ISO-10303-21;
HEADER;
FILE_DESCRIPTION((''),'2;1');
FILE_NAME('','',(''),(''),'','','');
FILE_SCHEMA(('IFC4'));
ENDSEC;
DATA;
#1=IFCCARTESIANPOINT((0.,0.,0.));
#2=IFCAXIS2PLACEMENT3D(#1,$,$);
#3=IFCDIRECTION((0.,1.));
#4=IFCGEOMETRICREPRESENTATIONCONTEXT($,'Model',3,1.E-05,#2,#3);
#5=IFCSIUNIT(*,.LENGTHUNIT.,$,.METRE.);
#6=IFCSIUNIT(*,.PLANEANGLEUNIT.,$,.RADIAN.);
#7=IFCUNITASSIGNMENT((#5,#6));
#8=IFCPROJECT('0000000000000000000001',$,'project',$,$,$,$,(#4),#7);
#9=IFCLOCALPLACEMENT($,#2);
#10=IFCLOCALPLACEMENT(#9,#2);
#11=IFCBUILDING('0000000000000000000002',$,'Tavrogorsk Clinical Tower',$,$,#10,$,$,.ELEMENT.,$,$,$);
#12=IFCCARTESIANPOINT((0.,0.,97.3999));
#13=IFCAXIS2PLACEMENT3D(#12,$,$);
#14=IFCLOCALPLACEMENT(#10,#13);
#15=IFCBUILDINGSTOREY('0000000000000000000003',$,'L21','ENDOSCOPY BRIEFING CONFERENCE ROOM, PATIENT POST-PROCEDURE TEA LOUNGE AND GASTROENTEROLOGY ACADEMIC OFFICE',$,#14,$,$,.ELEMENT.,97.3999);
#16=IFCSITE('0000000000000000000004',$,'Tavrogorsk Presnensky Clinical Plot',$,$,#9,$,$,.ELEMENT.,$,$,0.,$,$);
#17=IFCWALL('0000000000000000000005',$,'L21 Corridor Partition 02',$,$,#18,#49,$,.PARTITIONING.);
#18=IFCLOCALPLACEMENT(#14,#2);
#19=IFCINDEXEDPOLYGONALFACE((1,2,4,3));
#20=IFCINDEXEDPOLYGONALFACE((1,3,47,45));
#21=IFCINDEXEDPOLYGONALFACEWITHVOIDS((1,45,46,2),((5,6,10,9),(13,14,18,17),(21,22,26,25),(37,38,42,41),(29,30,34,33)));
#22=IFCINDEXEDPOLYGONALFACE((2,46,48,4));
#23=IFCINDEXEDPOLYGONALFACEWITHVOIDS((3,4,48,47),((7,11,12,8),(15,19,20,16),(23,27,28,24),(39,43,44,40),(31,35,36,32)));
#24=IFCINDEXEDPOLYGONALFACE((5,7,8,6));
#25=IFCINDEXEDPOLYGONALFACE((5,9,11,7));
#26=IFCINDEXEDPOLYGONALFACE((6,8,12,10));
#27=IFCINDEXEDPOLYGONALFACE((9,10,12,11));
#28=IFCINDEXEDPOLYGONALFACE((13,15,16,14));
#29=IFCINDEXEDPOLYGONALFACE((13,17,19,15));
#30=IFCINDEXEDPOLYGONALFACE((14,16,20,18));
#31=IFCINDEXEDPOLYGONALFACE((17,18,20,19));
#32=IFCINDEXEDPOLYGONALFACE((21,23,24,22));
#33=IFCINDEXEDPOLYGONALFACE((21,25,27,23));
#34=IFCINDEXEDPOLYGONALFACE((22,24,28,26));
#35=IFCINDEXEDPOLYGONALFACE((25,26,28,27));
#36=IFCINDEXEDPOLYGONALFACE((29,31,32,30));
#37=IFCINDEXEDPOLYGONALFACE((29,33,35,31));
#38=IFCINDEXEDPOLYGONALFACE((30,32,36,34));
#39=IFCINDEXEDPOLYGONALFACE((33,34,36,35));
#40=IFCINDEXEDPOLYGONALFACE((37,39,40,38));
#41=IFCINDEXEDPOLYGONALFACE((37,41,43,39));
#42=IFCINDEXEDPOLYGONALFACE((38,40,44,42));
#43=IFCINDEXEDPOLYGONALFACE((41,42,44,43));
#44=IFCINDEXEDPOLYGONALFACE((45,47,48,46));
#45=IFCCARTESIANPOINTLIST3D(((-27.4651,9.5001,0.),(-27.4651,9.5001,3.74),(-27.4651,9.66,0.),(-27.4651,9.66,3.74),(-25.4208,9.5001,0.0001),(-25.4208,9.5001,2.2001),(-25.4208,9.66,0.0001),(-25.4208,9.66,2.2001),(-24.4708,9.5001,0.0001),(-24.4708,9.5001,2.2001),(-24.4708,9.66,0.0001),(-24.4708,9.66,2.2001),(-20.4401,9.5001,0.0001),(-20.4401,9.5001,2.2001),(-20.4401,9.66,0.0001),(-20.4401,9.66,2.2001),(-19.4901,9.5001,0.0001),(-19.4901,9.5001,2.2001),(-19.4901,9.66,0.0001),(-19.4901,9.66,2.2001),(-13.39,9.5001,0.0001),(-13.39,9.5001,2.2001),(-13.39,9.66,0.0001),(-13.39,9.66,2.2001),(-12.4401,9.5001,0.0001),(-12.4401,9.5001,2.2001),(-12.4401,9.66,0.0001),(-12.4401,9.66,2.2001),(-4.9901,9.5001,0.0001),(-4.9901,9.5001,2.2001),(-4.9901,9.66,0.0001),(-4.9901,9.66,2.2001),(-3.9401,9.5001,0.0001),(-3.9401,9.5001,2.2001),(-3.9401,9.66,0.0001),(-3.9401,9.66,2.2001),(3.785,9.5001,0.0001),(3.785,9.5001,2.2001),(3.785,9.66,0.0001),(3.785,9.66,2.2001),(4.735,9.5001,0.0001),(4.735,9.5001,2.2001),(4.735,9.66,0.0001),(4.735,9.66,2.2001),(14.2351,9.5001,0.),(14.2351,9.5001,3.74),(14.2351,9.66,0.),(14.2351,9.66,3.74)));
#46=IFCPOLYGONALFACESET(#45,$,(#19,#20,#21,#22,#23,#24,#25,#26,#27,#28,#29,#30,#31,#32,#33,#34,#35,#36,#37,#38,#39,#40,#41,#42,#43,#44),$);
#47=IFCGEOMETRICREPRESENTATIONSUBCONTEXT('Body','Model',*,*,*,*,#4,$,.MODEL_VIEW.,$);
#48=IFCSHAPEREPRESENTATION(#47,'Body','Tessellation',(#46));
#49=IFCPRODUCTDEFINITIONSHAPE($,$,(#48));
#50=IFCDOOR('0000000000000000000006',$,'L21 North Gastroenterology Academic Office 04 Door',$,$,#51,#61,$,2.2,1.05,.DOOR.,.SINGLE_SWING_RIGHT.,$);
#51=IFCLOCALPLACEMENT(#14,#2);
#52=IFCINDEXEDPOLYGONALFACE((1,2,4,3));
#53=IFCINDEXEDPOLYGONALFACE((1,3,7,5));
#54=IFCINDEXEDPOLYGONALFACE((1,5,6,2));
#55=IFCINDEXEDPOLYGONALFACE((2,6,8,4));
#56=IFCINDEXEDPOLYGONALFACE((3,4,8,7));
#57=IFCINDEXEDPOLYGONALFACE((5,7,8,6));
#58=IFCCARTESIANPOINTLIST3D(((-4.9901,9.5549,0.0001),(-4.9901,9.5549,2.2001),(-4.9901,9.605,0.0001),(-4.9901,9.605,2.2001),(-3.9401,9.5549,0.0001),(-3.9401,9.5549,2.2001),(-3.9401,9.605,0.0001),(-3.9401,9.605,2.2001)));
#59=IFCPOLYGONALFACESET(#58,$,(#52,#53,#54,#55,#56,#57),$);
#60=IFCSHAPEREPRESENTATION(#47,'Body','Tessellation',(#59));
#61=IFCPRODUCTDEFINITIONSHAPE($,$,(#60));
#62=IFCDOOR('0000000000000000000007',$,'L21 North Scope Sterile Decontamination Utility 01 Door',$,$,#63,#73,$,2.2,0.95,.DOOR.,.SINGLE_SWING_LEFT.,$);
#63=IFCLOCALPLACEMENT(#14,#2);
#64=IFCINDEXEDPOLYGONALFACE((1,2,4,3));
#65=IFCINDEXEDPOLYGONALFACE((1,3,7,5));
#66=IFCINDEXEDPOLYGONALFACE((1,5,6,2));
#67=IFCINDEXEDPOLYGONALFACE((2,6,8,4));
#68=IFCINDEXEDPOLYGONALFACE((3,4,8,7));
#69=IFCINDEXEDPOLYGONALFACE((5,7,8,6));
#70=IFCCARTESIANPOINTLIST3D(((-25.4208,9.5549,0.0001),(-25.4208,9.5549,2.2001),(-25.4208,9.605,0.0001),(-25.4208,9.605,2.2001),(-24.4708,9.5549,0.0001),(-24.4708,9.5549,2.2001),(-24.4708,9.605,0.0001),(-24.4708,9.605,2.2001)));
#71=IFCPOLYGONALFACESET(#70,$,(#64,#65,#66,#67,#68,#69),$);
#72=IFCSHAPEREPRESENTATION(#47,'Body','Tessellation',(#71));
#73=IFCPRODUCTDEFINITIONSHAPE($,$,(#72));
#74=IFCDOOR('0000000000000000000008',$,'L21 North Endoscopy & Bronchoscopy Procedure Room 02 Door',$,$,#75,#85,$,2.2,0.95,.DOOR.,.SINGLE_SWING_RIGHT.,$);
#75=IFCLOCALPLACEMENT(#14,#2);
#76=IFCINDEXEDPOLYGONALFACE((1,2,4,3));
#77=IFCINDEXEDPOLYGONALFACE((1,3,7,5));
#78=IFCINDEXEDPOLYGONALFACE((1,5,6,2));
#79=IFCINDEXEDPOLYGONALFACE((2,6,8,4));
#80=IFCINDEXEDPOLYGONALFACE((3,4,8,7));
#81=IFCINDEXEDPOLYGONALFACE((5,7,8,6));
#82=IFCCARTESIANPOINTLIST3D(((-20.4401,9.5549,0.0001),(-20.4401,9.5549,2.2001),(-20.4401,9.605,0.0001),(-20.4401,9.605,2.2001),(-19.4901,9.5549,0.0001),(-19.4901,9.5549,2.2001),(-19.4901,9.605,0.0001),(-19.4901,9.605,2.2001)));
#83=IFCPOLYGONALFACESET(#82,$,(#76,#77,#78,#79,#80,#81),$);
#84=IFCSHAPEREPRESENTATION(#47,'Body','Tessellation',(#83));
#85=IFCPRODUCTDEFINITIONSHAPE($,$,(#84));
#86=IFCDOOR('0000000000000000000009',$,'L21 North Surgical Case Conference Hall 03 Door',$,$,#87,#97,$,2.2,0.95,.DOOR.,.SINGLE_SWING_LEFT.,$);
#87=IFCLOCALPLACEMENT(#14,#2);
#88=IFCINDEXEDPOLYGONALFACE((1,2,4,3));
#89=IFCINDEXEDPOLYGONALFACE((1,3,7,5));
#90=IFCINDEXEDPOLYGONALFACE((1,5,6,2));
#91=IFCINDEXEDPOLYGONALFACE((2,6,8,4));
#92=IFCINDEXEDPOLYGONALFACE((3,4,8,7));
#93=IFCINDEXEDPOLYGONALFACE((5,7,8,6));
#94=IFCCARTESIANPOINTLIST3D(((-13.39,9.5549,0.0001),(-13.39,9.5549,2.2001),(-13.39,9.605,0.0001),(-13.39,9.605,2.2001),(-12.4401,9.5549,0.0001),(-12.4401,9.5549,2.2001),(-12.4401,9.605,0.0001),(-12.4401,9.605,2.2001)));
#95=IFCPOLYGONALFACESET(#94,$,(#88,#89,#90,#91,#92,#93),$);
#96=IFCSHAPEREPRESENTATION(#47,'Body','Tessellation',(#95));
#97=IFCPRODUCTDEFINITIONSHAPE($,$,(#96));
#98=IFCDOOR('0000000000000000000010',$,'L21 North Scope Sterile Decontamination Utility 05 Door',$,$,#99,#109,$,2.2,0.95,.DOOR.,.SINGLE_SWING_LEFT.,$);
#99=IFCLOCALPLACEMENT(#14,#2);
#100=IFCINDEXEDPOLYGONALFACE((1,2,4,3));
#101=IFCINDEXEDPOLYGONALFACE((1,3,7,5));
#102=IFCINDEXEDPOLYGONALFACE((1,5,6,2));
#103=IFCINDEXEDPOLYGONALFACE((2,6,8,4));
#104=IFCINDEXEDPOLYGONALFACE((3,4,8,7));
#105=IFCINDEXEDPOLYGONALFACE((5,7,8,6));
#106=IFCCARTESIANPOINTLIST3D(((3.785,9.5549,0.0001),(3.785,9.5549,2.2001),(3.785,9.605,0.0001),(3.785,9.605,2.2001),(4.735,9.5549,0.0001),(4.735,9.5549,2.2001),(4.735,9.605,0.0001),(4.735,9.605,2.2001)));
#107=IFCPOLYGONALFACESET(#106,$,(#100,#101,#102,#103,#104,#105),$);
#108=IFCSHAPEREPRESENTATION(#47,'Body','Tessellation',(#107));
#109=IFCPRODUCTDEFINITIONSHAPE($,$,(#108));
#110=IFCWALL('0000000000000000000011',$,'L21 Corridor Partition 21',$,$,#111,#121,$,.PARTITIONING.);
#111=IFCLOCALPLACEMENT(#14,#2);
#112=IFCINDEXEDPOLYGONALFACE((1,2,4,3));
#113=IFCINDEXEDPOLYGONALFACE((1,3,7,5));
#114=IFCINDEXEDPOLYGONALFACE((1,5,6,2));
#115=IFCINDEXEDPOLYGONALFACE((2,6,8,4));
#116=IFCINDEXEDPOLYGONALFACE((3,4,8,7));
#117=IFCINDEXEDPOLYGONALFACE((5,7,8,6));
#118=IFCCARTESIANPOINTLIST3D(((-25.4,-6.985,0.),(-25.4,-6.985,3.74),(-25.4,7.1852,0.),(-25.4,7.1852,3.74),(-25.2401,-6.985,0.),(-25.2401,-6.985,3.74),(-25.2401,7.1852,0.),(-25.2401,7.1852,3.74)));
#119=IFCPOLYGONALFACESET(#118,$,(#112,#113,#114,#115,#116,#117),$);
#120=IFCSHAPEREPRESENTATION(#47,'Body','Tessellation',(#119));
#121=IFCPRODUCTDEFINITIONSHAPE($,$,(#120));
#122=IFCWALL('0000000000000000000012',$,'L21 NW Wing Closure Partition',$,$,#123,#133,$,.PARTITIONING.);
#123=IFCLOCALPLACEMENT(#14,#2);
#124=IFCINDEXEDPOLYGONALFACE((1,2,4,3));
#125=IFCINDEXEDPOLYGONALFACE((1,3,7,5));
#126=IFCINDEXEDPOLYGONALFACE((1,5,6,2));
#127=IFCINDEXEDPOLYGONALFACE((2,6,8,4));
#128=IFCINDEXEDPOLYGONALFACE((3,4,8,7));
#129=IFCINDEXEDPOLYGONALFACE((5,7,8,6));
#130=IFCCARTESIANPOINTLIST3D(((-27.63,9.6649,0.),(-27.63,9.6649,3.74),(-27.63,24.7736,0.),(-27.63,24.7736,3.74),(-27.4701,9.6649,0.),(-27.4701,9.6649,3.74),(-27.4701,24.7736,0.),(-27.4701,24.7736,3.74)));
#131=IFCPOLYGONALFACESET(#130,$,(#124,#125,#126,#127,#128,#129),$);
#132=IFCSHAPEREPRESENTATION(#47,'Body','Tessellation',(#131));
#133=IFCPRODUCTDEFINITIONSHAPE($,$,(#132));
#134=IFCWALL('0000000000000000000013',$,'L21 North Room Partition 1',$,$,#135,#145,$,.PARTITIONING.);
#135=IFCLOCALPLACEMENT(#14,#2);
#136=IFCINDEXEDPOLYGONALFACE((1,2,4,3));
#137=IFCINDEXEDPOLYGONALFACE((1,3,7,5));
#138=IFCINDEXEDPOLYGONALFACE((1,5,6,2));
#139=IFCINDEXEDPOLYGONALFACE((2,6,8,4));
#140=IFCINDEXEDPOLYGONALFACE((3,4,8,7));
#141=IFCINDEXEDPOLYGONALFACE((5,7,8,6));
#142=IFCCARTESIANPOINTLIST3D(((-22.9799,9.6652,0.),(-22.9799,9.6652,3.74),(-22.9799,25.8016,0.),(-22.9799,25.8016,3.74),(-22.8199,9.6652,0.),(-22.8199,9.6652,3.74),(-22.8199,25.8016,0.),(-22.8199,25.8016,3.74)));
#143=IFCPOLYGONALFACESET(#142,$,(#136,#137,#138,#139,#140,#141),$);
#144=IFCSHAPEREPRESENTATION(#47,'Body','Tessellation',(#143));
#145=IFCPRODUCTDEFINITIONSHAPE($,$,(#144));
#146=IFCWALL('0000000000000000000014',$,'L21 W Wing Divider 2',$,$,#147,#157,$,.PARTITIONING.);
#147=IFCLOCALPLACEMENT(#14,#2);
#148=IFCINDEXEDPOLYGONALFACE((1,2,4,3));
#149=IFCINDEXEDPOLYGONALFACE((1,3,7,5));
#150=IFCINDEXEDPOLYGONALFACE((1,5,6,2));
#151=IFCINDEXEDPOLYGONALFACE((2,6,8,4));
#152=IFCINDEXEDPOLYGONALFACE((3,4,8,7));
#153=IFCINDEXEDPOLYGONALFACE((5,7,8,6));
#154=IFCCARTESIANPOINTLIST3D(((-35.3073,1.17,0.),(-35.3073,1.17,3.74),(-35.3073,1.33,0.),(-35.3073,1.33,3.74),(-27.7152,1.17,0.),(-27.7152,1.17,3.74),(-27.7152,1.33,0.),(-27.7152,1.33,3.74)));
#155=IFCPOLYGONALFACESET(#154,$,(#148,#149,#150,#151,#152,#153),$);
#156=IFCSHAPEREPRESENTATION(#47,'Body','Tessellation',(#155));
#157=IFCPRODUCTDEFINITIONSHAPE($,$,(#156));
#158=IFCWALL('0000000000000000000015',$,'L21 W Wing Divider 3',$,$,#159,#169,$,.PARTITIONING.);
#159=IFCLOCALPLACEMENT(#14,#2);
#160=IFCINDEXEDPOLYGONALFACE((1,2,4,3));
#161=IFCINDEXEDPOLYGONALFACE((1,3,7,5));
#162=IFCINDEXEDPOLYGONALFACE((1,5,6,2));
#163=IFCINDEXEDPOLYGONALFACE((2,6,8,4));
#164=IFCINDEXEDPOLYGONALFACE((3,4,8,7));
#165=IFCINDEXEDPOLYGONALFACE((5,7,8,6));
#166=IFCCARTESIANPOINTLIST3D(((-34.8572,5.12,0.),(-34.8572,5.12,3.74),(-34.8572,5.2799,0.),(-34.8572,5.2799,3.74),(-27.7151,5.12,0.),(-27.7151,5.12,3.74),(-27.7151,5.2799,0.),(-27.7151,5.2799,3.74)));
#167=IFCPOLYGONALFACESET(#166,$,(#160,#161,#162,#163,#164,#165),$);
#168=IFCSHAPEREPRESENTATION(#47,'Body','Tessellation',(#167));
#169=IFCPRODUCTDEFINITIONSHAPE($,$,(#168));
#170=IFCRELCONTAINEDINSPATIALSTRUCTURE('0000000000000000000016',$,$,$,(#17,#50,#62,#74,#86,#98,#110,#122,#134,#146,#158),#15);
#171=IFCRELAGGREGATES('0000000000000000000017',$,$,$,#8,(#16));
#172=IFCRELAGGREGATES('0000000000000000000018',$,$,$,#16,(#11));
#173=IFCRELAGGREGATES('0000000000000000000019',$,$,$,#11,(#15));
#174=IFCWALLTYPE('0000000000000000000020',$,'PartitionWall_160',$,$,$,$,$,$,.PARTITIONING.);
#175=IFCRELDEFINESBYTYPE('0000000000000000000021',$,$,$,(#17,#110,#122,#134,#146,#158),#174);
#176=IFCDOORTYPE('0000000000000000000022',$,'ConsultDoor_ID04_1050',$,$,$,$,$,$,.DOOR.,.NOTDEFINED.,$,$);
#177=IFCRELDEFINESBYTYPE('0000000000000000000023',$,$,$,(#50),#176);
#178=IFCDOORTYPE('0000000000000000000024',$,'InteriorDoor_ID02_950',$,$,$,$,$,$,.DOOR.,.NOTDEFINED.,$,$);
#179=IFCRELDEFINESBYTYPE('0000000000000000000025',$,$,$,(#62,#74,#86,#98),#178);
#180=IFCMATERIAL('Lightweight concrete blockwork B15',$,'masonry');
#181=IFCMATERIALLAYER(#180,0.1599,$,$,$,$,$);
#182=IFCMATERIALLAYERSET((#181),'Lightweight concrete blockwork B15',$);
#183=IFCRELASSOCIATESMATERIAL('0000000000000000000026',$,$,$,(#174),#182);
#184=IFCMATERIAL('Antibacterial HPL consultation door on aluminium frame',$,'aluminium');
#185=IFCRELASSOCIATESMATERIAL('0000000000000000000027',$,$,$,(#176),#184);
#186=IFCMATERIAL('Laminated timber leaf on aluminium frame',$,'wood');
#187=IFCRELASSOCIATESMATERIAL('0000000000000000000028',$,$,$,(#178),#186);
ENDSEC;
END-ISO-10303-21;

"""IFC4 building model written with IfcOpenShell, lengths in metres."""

from ifc_helpers import new_model, si_unit, direction, frame, frame_2d, origin, place, context, subcontext, project, spatial, rectangle, extrude, material, layer, layer_set, type_object, element, fill, save


model = new_model("IFC4")

# Units and contexts
model_context = context("Model", 3, precision=1e-05, world=origin(), true_north=direction((0.0, 1.0)))
body_context = subcontext(model_context, "Body", "Model", "MODEL_VIEW")
ifc_project = project(units=[si_unit("LENGTHUNIT", "METRE"), si_unit("PLANEANGLEUNIT", "RADIAN")], contexts=[model_context])

# Site, building, storey
site_placement = place(None, origin())
site = spatial("IfcSite", under=ifc_project, at=site_placement, Name="Tavrogorsk Presnensky Clinical Plot", CompositionType="ELEMENT", RefElevation=0.0)
building_placement = place(site_placement, origin())
building = spatial("IfcBuilding", under=site, at=building_placement, Name="Tavrogorsk Clinical Tower", CompositionType="ELEMENT")
storey_placement = place(building_placement, frame((0.0, 0.0, 97.3999)))
storey = spatial("IfcBuildingStorey", under=building, at=storey_placement, Name="L21", Description="ENDOSCOPY BRIEFING CONFERENCE ROOM, PATIENT POST-PROCEDURE TEA LOUNGE AND GASTROENTEROLOGY ACADEMIC OFFICE", CompositionType="ELEMENT", Elevation=97.3999)

# Wall, openings, doors
ifc_material_1 = material(Name="Lightweight concrete blockwork B15", Category="masonry")
ifc_layer_1 = layer(ifc_material_1, 0.1599)
ifc_layer_set_1 = layer_set([ifc_layer_1], Name="Lightweight concrete blockwork B15")
wall_type_1 = type_object("IfcWallType", Name="PartitionWall_160", PredefinedType="PARTITIONING", material=ifc_layer_set_1)
wall_1_placement = place(storey_placement, frame((-27.4651, 9.5801, 0.0), z_axis=(0.0, 0.0, 1.0), x_axis=(1.0, 0.0, 0.0)))
wall_1 = element("IfcWall", 1, at=wall_1_placement, inside=storey, type_object=wall_type_1, Name="L21 Corridor Partition 02", PredefinedType="PARTITIONING", context=body_context, shape_type="SweptSolid", body=[
    extrude(rectangle(XDim=41.7002, YDim=0.1599, at=frame_2d((20.8501, 0.0))), origin(), (0.0, 0.0, 1.0), 3.74),
])
opening_1_placement = place(wall_1_placement, frame((2.0442, 0.0, 0.0)))
opening_1 = element("IfcOpeningElement", 2, at=opening_1_placement, cuts=wall_1, PredefinedType="OPENING", context=body_context, shape_type="SweptSolid", body=[
    extrude(rectangle(XDim=0.95, YDim=2.2, at=frame_2d((0.4751, 1.1001))), frame((0.0, 0.0898, 0.0), z_axis=(0.0, -1.0, 0.0), x_axis=(1.0, 0.0, 0.0)), (0.0, 0.0, 1.0), 0.1799),
])
opening_2_placement = place(wall_1_placement, frame((7.0249, 0.0, 0.0)))
opening_2 = element("IfcOpeningElement", 3, at=opening_2_placement, cuts=wall_1, PredefinedType="OPENING", context=body_context, shape_type="SweptSolid", body=[
    extrude(rectangle(XDim=0.95, YDim=2.2, at=frame_2d((0.4751, 1.1001))), frame((0.0, 0.0898, 0.0), z_axis=(0.0, -1.0, 0.0), x_axis=(1.0, 0.0, 0.0)), (0.0, 0.0, 1.0), 0.1799),
])
opening_3_placement = place(wall_1_placement, frame((14.075, 0.0, 0.0)))
opening_3 = element("IfcOpeningElement", 4, at=opening_3_placement, cuts=wall_1, PredefinedType="OPENING", context=body_context, shape_type="SweptSolid", body=[
    extrude(rectangle(XDim=0.95, YDim=2.2, at=frame_2d((0.4751, 1.1001))), frame((0.0, 0.0898, 0.0), z_axis=(0.0, -1.0, 0.0), x_axis=(1.0, 0.0, 0.0)), (0.0, 0.0, 1.0), 0.1799),
])
opening_4_placement = place(wall_1_placement, frame((22.4751, 0.0, 0.0)))
opening_4 = element("IfcOpeningElement", 5, at=opening_4_placement, cuts=wall_1, PredefinedType="OPENING", context=body_context, shape_type="SweptSolid", body=[
    extrude(rectangle(XDim=1.05, YDim=2.2, at=frame_2d((0.5249, 1.1001))), frame((0.0, 0.0898, 0.0), z_axis=(0.0, -1.0, 0.0), x_axis=(1.0, 0.0, 0.0)), (0.0, 0.0, 1.0), 0.1799),
])
opening_5_placement = place(wall_1_placement, frame((31.25, 0.0, 0.0)))
opening_5 = element("IfcOpeningElement", 6, at=opening_5_placement, cuts=wall_1, PredefinedType="OPENING", context=body_context, shape_type="SweptSolid", body=[
    extrude(rectangle(XDim=0.95, YDim=2.2, at=frame_2d((0.4751, 1.1001))), frame((0.0, 0.0898, 0.0), z_axis=(0.0, -1.0, 0.0), x_axis=(1.0, 0.0, 0.0)), (0.0, 0.0, 1.0), 0.1799),
])
ifc_material_2 = material(Name="Antibacterial HPL consultation door on aluminium frame", Category="aluminium")
door_type_1 = type_object("IfcDoorType", Name="ConsultDoor_ID04_1050", OperationType="NOTDEFINED", PredefinedType="DOOR", material=ifc_material_2)
door_1_placement = place(opening_4_placement, origin())
door_1 = element("IfcDoor", 7, at=door_1_placement, inside=storey, type_object=door_type_1, Name="L21 North Gastroenterology Academic Office 04 Door", OperationType="SINGLE_SWING_RIGHT", OverallHeight=2.2, OverallWidth=1.05, PredefinedType="DOOR", context=body_context, shape_type="SweptSolid", body=[
    extrude(rectangle(XDim=1.05, YDim=2.2, at=frame_2d((0.5249, 1.1001))), frame((0.0, 0.0249, 0.0), z_axis=(0.0, -1.0, 0.0), x_axis=(1.0, 0.0, 0.0)), (0.0, 0.0, 1.0), 0.05),
])
fill(opening_4, door_1)
ifc_material_3 = material(Name="Laminated timber leaf on aluminium frame", Category="wood")
door_type_2 = type_object("IfcDoorType", Name="InteriorDoor_ID02_950", OperationType="NOTDEFINED", PredefinedType="DOOR", material=ifc_material_3)
door_2_placement = place(opening_1_placement, origin())
door_2 = element("IfcDoor", 8, at=door_2_placement, inside=storey, type_object=door_type_2, Name="L21 North Scope Sterile Decontamination Utility 01 Door", OperationType="SINGLE_SWING_LEFT", OverallHeight=2.2, OverallWidth=0.95, PredefinedType="DOOR", context=body_context, shape_type="SweptSolid", body=[
    extrude(rectangle(XDim=0.95, YDim=2.2, at=frame_2d((0.4751, 1.1001))), frame((0.0, 0.0249, 0.0), z_axis=(0.0, -1.0, 0.0), x_axis=(1.0, 0.0, 0.0)), (0.0, 0.0, 1.0), 0.05),
])
fill(opening_1, door_2)
door_3_placement = place(opening_2_placement, origin())
door_3 = element("IfcDoor", 9, at=door_3_placement, inside=storey, type_object=door_type_2, Name="L21 North Endoscopy & Bronchoscopy Procedure Room 02 Door", OperationType="SINGLE_SWING_RIGHT", OverallHeight=2.2, OverallWidth=0.95, PredefinedType="DOOR", context=body_context, shape_type="SweptSolid", body=[
    extrude(rectangle(XDim=0.95, YDim=2.2, at=frame_2d((0.4751, 1.1001))), frame((0.0, 0.0249, 0.0), z_axis=(0.0, -1.0, 0.0), x_axis=(1.0, 0.0, 0.0)), (0.0, 0.0, 1.0), 0.05),
])
fill(opening_2, door_3)
door_4_placement = place(opening_3_placement, origin())
door_4 = element("IfcDoor", 10, at=door_4_placement, inside=storey, type_object=door_type_2, Name="L21 North Surgical Case Conference Hall 03 Door", OperationType="SINGLE_SWING_LEFT", OverallHeight=2.2, OverallWidth=0.95, PredefinedType="DOOR", context=body_context, shape_type="SweptSolid", body=[
    extrude(rectangle(XDim=0.95, YDim=2.2, at=frame_2d((0.4751, 1.1001))), frame((0.0, 0.0249, 0.0), z_axis=(0.0, -1.0, 0.0), x_axis=(1.0, 0.0, 0.0)), (0.0, 0.0, 1.0), 0.05),
])
fill(opening_3, door_4)
door_5_placement = place(opening_5_placement, origin())
door_5 = element("IfcDoor", 11, at=door_5_placement, inside=storey, type_object=door_type_2, Name="L21 North Scope Sterile Decontamination Utility 05 Door", OperationType="SINGLE_SWING_LEFT", OverallHeight=2.2, OverallWidth=0.95, PredefinedType="DOOR", context=body_context, shape_type="SweptSolid", body=[
    extrude(rectangle(XDim=0.95, YDim=2.2, at=frame_2d((0.4751, 1.1001))), frame((0.0, 0.0249, 0.0), z_axis=(0.0, -1.0, 0.0), x_axis=(1.0, 0.0, 0.0)), (0.0, 0.0, 1.0), 0.05),
])
fill(opening_5, door_5)

# Walls
wall_2_placement = place(storey_placement, frame((-25.3201, 7.1851, 0.0), z_axis=(0.0, 0.0, 1.0), x_axis=(0.0, -1.0, 0.0)))
element("IfcWall", 12, at=wall_2_placement, inside=storey, type_object=wall_type_1, Name="L21 Corridor Partition 21", PredefinedType="PARTITIONING", context=body_context, shape_type="SweptSolid", body=[
    extrude(rectangle(XDim=14.1702, YDim=0.1599, at=frame_2d((7.085, 0.0))), origin(), (0.0, 0.0, 1.0), 3.74),
])
wall_3_placement = place(storey_placement, frame((-27.55, 9.665, 0.0), z_axis=(0.0, 0.0, 1.0), x_axis=(0.0, 1.0, 0.0)))
element("IfcWall", 13, at=wall_3_placement, inside=storey, type_object=wall_type_1, Name="L21 NW Wing Closure Partition", PredefinedType="PARTITIONING", context=body_context, shape_type="SweptSolid", body=[
    extrude(rectangle(XDim=15.1086, YDim=0.1599, at=frame_2d((7.5542, 0.0))), origin(), (0.0, 0.0, 1.0), 3.74),
])
wall_4_placement = place(storey_placement, frame((-22.8999, 9.665, 0.0), z_axis=(0.0, 0.0, 1.0), x_axis=(0.0, 1.0, 0.0)))
element("IfcWall", 14, at=wall_4_placement, inside=storey, type_object=wall_type_1, Name="L21 North Room Partition 1", PredefinedType="PARTITIONING", context=body_context, shape_type="SweptSolid", body=[
    extrude(rectangle(XDim=16.1365, YDim=0.1599, at=frame_2d((8.0684, 0.0))), origin(), (0.0, 0.0, 1.0), 3.74),
])
wall_5_placement = place(storey_placement, frame((-35.3071, 1.25, 0.0), z_axis=(0.0, 0.0, 1.0), x_axis=(1.0, 0.0, 0.0)))
element("IfcWall", 15, at=wall_5_placement, inside=storey, type_object=wall_type_1, Name="L21 W Wing Divider 2", PredefinedType="PARTITIONING", context=body_context, shape_type="SweptSolid", body=[
    extrude(rectangle(XDim=7.592, YDim=0.1599, at=frame_2d((3.7959, 0.0))), origin(), (0.0, 0.0, 1.0), 3.74),
])
wall_6_placement = place(storey_placement, frame((-34.8572, 5.2, 0.0), z_axis=(0.0, 0.0, 1.0), x_axis=(1.0, 0.0, 0.0)))
element("IfcWall", 16, at=wall_6_placement, inside=storey, type_object=wall_type_1, Name="L21 W Wing Divider 3", PredefinedType="PARTITIONING", context=body_context, shape_type="SweptSolid", body=[
    extrude(rectangle(XDim=7.1421, YDim=0.1599, at=frame_2d((3.571, 0.0))), origin(), (0.0, 0.0, 1.0), 3.74),
])

save(model, "model.ifc")
